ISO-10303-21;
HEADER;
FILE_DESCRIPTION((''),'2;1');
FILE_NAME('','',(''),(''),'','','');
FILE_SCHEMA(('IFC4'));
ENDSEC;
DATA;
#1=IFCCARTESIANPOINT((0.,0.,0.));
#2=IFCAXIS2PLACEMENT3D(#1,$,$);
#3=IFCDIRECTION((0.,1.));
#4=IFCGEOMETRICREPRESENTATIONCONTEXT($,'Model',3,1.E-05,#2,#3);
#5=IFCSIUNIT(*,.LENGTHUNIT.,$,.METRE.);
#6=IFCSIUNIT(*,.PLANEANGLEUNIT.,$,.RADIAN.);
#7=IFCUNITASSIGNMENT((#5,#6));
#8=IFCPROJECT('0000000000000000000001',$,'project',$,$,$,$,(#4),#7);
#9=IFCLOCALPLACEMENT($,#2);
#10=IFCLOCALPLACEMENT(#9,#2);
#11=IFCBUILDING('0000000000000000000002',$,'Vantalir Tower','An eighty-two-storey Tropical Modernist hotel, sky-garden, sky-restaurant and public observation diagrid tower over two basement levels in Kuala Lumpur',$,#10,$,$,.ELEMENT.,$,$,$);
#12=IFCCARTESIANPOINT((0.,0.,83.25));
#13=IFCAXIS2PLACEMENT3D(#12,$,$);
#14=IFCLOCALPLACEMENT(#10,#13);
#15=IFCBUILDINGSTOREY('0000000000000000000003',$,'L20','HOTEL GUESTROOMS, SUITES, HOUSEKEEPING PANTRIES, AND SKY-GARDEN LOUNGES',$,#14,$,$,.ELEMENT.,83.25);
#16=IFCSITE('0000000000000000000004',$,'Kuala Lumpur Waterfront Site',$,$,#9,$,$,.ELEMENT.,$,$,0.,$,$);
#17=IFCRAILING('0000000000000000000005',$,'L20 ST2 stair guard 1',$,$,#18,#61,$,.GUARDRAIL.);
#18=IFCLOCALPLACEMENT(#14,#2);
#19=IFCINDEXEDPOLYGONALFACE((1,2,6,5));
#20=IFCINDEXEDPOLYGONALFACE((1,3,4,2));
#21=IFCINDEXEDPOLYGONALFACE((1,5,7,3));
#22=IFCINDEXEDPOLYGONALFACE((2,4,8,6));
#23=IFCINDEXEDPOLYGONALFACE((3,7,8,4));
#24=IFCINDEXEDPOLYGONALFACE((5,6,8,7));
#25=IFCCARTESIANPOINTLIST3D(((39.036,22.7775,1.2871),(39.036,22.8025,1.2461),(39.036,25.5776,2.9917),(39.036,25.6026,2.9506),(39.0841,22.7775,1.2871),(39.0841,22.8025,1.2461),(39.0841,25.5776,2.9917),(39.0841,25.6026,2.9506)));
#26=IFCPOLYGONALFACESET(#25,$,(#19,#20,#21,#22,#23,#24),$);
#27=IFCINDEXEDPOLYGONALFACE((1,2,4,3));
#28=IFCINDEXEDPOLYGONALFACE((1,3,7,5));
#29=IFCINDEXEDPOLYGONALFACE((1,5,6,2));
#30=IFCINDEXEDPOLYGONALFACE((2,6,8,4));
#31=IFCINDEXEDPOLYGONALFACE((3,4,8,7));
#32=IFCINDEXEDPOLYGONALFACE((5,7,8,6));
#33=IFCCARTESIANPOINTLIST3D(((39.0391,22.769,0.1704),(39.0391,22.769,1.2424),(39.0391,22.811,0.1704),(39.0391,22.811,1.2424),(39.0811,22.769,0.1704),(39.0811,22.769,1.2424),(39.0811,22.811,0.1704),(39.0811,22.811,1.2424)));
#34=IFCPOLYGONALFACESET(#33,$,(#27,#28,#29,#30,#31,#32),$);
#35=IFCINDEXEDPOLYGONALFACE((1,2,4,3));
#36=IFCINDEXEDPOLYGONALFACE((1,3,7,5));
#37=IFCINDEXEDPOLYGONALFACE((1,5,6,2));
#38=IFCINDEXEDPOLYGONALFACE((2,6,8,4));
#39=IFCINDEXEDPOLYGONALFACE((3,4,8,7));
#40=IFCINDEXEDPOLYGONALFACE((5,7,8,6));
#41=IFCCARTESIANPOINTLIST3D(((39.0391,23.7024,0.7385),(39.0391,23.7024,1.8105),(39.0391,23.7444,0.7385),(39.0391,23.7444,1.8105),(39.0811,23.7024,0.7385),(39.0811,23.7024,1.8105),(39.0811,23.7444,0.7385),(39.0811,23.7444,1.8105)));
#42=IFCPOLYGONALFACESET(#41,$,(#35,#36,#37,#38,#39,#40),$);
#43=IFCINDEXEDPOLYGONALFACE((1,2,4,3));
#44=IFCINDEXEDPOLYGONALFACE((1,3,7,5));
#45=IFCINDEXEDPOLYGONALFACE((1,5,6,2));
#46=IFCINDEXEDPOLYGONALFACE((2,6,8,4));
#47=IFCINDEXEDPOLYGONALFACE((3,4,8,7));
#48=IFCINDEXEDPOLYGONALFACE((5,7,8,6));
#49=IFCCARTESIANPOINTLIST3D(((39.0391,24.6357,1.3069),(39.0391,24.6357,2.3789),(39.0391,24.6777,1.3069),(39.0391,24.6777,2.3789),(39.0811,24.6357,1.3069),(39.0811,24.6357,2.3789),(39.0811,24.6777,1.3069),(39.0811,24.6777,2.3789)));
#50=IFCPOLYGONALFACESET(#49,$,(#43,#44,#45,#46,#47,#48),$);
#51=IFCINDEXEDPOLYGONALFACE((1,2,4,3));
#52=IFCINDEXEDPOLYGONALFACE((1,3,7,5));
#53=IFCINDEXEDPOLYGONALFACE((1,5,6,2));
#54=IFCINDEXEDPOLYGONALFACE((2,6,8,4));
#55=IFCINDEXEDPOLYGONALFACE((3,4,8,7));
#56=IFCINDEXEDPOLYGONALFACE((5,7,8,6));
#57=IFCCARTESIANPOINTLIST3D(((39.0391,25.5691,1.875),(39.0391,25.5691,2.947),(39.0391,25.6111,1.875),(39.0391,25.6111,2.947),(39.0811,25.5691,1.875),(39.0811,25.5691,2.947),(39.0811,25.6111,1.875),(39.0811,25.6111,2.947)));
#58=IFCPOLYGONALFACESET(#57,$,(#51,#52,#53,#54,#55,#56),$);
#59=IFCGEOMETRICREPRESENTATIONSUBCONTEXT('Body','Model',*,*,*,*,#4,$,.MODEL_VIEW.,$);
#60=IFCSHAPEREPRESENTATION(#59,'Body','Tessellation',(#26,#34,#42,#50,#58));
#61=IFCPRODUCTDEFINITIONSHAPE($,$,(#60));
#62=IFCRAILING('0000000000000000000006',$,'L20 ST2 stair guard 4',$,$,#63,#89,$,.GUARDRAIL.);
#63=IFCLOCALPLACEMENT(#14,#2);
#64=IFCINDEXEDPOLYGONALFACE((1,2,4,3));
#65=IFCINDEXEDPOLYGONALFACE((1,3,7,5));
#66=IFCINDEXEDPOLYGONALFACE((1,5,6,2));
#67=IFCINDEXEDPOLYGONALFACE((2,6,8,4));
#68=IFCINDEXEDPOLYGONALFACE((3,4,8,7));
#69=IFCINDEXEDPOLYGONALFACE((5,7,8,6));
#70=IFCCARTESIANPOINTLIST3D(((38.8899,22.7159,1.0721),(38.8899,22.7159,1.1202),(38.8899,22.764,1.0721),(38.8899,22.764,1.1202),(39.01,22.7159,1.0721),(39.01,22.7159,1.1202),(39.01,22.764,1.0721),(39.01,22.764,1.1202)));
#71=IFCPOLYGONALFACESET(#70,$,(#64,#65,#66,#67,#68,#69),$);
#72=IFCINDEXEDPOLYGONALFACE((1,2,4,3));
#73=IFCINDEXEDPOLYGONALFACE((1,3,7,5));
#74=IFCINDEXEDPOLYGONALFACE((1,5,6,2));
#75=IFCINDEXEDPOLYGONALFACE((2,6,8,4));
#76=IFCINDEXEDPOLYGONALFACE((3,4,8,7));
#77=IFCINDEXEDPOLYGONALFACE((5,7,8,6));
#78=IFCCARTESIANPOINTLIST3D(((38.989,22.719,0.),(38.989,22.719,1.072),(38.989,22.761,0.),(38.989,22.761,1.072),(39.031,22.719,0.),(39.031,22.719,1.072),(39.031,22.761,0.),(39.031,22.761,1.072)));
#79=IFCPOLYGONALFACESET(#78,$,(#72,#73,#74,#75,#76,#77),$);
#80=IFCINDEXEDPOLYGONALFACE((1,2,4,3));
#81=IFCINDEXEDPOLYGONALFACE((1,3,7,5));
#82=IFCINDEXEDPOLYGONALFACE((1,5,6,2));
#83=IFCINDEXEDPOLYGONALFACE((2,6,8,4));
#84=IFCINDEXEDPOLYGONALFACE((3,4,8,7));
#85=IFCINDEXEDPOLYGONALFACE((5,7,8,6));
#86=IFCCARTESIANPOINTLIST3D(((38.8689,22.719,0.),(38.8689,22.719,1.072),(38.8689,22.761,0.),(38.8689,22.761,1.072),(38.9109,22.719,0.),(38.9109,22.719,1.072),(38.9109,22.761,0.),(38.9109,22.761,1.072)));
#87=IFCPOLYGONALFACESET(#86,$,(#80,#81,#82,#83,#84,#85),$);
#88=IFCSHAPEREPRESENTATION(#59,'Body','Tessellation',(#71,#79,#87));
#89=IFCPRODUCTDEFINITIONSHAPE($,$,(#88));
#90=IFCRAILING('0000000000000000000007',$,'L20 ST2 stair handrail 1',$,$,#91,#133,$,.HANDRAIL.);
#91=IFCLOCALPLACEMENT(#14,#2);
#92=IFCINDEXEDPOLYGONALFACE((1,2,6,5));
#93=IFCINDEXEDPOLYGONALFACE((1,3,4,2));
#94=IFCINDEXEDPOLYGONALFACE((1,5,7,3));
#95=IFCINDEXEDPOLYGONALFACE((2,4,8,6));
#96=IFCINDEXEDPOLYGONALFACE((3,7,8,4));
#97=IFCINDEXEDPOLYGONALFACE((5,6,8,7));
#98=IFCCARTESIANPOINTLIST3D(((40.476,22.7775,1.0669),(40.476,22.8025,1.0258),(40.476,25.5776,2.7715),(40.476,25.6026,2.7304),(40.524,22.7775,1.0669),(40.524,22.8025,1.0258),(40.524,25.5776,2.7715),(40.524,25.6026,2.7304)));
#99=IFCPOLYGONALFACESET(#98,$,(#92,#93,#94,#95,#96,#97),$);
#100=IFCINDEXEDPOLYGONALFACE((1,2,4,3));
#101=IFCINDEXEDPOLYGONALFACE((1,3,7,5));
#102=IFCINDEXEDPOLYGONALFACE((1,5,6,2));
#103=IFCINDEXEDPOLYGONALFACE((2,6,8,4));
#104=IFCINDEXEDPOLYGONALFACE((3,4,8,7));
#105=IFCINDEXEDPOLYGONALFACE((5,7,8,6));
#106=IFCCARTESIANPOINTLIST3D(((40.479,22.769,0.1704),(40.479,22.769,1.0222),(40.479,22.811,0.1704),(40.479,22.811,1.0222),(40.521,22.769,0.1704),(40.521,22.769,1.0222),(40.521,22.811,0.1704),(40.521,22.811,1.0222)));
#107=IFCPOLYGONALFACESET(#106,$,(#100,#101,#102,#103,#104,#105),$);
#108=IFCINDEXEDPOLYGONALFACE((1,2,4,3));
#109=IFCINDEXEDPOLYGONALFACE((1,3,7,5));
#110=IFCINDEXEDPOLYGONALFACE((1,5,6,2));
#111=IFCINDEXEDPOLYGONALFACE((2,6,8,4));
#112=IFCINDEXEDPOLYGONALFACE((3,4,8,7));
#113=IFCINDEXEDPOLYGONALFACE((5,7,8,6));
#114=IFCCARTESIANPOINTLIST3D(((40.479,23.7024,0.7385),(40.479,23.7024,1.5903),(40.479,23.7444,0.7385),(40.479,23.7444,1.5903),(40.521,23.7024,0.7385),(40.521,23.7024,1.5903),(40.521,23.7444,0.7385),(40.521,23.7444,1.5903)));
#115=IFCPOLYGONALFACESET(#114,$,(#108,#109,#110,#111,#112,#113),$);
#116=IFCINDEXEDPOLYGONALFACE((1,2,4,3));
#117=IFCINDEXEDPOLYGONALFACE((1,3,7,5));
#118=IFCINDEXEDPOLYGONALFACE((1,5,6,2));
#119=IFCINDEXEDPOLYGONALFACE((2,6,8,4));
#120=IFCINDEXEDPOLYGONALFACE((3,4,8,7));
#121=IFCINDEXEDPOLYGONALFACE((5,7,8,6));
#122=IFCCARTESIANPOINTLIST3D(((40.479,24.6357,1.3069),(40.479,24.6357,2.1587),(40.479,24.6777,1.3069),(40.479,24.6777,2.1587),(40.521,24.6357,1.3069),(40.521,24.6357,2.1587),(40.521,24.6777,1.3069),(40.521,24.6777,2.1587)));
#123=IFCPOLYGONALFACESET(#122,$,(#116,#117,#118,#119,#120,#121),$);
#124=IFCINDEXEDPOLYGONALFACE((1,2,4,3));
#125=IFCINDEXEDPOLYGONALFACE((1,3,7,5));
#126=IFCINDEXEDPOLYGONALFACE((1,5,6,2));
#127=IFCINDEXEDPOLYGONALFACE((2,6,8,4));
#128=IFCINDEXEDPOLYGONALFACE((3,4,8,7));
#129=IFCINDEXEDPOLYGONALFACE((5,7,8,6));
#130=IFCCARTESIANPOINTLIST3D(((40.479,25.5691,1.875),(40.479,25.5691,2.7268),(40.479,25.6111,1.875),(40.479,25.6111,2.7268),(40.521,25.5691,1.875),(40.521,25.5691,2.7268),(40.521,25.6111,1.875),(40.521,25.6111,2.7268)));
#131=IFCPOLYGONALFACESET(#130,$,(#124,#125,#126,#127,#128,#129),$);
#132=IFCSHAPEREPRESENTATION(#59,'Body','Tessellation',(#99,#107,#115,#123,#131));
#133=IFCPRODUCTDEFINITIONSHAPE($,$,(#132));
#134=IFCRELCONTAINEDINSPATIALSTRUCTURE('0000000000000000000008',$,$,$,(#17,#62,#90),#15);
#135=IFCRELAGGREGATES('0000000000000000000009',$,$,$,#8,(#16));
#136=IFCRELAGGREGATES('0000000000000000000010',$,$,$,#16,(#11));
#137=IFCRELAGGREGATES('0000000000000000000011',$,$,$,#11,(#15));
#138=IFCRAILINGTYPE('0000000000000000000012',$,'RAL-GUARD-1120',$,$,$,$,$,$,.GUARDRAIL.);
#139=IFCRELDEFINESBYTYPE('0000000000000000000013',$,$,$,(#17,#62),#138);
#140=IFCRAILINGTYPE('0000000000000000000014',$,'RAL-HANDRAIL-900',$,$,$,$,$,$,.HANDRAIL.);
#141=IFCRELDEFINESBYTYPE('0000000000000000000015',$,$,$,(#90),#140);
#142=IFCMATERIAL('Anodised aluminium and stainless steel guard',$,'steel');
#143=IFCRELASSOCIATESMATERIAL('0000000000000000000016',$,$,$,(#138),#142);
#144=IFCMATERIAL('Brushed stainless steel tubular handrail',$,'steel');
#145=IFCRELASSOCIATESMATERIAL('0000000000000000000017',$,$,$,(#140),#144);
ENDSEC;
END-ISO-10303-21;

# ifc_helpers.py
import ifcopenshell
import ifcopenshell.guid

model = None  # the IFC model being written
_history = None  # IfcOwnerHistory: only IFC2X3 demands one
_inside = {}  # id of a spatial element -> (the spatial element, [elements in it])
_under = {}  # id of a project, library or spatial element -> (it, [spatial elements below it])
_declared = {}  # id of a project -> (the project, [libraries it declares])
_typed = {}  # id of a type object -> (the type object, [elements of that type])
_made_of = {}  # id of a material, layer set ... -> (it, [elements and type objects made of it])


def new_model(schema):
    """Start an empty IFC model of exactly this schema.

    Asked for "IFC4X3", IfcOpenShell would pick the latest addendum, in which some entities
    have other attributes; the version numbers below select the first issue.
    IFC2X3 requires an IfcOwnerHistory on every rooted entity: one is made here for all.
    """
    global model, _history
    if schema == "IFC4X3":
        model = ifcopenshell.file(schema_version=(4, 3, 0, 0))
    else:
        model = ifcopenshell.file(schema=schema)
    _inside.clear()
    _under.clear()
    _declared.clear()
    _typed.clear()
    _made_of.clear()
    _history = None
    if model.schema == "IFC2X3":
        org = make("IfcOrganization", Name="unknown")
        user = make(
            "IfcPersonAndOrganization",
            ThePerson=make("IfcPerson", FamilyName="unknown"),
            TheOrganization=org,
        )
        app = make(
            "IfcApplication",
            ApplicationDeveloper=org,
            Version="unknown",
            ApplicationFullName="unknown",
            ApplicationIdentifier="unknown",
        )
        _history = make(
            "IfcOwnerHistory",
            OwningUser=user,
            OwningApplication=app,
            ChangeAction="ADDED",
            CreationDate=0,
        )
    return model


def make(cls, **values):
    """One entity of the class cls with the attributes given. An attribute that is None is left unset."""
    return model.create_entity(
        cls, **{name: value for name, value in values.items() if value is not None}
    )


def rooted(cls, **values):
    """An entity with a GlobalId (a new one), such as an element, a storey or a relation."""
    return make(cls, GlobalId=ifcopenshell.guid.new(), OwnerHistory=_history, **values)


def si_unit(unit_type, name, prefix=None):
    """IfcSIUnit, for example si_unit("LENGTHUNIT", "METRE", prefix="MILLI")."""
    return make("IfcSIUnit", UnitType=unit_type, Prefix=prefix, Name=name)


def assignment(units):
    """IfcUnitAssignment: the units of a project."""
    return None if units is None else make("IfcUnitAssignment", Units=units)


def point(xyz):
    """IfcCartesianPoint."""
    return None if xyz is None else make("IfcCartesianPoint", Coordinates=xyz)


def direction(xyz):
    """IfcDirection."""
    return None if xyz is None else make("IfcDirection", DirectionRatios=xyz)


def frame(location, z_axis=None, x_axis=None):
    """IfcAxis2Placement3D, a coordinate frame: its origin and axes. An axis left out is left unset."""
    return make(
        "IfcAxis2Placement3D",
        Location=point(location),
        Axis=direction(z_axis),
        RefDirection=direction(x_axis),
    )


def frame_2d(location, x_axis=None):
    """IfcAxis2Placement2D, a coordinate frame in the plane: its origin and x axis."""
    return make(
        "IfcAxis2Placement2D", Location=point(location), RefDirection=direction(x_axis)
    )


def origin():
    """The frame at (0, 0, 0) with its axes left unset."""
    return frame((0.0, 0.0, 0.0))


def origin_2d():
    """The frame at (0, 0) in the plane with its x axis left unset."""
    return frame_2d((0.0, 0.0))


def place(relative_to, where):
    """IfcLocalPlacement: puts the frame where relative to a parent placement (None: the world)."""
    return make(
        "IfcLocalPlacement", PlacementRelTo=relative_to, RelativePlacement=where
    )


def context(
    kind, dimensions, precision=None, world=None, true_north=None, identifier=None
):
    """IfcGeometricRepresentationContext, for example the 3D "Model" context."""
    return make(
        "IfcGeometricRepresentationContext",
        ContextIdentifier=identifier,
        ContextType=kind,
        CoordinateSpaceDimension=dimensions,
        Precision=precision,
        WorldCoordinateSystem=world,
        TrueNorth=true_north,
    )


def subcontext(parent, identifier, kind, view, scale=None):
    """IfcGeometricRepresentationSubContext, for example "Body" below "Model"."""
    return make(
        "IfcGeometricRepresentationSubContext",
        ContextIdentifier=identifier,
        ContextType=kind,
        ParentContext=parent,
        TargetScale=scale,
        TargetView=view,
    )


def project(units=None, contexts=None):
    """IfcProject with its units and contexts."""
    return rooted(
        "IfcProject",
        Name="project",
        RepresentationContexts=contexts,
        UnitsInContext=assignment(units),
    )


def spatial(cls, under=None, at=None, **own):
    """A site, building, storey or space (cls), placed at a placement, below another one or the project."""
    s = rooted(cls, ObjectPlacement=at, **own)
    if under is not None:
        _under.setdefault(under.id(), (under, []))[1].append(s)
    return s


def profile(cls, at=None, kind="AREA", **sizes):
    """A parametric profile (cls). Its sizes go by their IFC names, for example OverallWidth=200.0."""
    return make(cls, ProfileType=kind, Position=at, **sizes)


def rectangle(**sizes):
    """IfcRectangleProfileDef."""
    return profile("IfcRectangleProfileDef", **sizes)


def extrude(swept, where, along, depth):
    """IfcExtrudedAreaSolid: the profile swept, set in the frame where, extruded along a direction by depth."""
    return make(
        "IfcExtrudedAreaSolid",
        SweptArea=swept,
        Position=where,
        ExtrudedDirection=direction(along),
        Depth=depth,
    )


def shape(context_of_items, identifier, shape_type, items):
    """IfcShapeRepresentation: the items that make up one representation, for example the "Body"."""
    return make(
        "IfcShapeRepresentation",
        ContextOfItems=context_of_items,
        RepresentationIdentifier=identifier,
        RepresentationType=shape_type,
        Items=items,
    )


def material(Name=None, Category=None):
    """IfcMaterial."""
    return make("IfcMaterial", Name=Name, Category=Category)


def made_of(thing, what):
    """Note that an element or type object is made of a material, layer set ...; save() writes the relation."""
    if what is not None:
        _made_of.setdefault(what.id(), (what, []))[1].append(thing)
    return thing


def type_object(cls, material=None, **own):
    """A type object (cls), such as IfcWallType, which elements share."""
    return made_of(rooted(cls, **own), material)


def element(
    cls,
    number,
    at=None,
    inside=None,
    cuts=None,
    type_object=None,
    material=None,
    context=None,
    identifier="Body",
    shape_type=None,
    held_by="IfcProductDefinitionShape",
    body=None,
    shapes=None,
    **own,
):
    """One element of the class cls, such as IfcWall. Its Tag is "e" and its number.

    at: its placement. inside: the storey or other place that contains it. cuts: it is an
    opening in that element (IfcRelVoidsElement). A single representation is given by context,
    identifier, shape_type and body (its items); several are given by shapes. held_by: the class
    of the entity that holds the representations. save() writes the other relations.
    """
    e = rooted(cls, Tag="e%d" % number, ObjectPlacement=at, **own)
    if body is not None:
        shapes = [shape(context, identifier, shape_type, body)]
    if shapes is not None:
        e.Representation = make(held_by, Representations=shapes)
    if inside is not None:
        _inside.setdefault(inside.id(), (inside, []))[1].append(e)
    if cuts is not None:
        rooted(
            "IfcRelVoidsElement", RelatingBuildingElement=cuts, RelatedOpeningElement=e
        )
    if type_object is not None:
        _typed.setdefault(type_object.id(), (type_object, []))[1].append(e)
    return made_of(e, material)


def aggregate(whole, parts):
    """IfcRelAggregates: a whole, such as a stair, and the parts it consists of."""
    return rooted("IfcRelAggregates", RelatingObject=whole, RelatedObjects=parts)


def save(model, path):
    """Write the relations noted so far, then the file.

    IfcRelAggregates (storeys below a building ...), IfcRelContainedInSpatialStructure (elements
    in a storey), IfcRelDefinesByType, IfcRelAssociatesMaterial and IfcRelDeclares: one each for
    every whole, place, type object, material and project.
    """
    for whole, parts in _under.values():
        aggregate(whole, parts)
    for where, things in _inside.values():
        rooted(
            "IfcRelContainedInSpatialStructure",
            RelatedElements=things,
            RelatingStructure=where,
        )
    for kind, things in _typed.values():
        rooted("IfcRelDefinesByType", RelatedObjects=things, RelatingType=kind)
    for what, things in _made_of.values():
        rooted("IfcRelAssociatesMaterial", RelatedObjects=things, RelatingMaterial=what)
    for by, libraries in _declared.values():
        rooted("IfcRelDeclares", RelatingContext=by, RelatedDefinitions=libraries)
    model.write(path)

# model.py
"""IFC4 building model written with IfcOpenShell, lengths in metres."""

from ifc_helpers import new_model, si_unit, direction, frame, origin, origin_2d, place, context, subcontext, project, spatial, rectangle, extrude, material, type_object, element, save


model = new_model("IFC4")

# Units and contexts
model_context = context("Model", 3, precision=1e-05, world=origin(), true_north=direction((0.0, 1.0)))
body_context = subcontext(model_context, "Body", "Model", "MODEL_VIEW")
ifc_project = project(units=[si_unit("LENGTHUNIT", "METRE"), si_unit("PLANEANGLEUNIT", "RADIAN")], contexts=[model_context])

# Site, building, storey
site_placement = place(None, origin())
site = spatial("IfcSite", under=ifc_project, at=site_placement, Name="Kuala Lumpur Waterfront Site", CompositionType="ELEMENT", RefElevation=0.0)
building_placement = place(site_placement, origin())
building = spatial("IfcBuilding", under=site, at=building_placement, Name="Vantalir Tower", Description="An eighty-two-storey Tropical Modernist hotel, sky-garden, sky-restaurant and public observation diagrid tower over two basement levels in Kuala Lumpur", CompositionType="ELEMENT")
storey_placement = place(building_placement, frame((0.0, 0.0, 83.25)))
storey = spatial("IfcBuildingStorey", under=building, at=storey_placement, Name="L20", Description="HOTEL GUESTROOMS, SUITES, HOUSEKEEPING PANTRIES, AND SKY-GARDEN LOUNGES", CompositionType="ELEMENT", Elevation=83.25)

# Railings
ifc_material_1 = material(Name="Anodised aluminium and stainless steel guard", Category="steel")
railing_type_1 = type_object("IfcRailingType", Name="RAL-GUARD-1120", PredefinedType="GUARDRAIL", material=ifc_material_1)
railing_1_placement = place(storey_placement, frame((39.0601, 22.79, 0.1704)))
element("IfcRailing", 1, at=railing_1_placement, inside=storey, type_object=railing_type_1, Name="L20 ST2 stair guard 1", PredefinedType="GUARDRAIL", context=body_context, shape_type="SweptSolid", body=[
    extrude(rectangle(XDim=0.0481, YDim=0.0481, at=origin_2d()), frame((0.0, 0.0, 1.0962), z_axis=(0.0, 0.85417, 0.519994), x_axis=(-1.0, 0.0, 0.0)), (0.0, 0.0, 1.0), 3.2781),
    extrude(rectangle(XDim=0.042, YDim=0.042, at=origin_2d()), origin(), (0.0, 0.0, 1.0), 1.072),
    extrude(rectangle(XDim=0.042, YDim=0.042, at=origin_2d()), frame((0.0, 0.9333, 0.5681)), (0.0, 0.0, 1.0), 1.072),
    extrude(rectangle(XDim=0.042, YDim=0.042, at=origin_2d()), frame((0.0, 1.8667, 1.1365)), (0.0, 0.0, 1.0), 1.072),
    extrude(rectangle(XDim=0.042, YDim=0.042, at=origin_2d()), frame((0.0, 2.8, 1.7046)), (0.0, 0.0, 1.0), 1.072),
])
railing_2_placement = place(storey_placement, frame((39.01, 22.74, 0.0)))
element("IfcRailing", 2, at=railing_2_placement, inside=storey, type_object=railing_type_1, Name="L20 ST2 stair guard 4", PredefinedType="GUARDRAIL", context=body_context, shape_type="SweptSolid", body=[
    extrude(rectangle(XDim=0.0481, YDim=0.0481, at=origin_2d()), frame((0.0, 0.0, 1.0962), z_axis=(-1.0, 0.0, 0.0), x_axis=(0.0, -1.0, 0.0)), (0.0, 0.0, 1.0), 0.1201),
    extrude(rectangle(XDim=0.042, YDim=0.042, at=origin_2d()), origin(), (0.0, 0.0, 1.0), 1.072),
    extrude(rectangle(XDim=0.042, YDim=0.042, at=origin_2d()), frame((-0.1201, 0.0, 0.0)), (0.0, 0.0, 1.0), 1.072),
])
ifc_material_2 = material(Name="Brushed stainless steel tubular handrail", Category="steel")
railing_type_2 = type_object("IfcRailingType", Name="RAL-HANDRAIL-900", PredefinedType="HANDRAIL", material=ifc_material_2)
railing_3_placement = place(storey_placement, frame((40.5, 22.79, 0.1704)))
element("IfcRailing", 3, at=railing_3_placement, inside=storey, type_object=railing_type_2, Name="L20 ST2 stair handrail 1", PredefinedType="HANDRAIL", context=body_context, shape_type="SweptSolid", body=[
    extrude(rectangle(XDim=0.0481, YDim=0.0481, at=origin_2d()), frame((0.0, 0.0, 0.876), z_axis=(0.0, 0.85417, 0.519994), x_axis=(-1.0, 0.0, 0.0)), (0.0, 0.0, 1.0), 3.2781),
    extrude(rectangle(XDim=0.042, YDim=0.042, at=origin_2d()), origin(), (0.0, 0.0, 1.0), 0.8518),
    extrude(rectangle(XDim=0.042, YDim=0.042, at=origin_2d()), frame((0.0, 0.9333, 0.5681)), (0.0, 0.0, 1.0), 0.8518),
    extrude(rectangle(XDim=0.042, YDim=0.042, at=origin_2d()), frame((0.0, 1.8667, 1.1365)), (0.0, 0.0, 1.0), 0.8518),
    extrude(rectangle(XDim=0.042, YDim=0.042, at=origin_2d()), frame((0.0, 2.8, 1.7046)), (0.0, 0.0, 1.0), 0.8518),
])

save(model, "model.ifc")
